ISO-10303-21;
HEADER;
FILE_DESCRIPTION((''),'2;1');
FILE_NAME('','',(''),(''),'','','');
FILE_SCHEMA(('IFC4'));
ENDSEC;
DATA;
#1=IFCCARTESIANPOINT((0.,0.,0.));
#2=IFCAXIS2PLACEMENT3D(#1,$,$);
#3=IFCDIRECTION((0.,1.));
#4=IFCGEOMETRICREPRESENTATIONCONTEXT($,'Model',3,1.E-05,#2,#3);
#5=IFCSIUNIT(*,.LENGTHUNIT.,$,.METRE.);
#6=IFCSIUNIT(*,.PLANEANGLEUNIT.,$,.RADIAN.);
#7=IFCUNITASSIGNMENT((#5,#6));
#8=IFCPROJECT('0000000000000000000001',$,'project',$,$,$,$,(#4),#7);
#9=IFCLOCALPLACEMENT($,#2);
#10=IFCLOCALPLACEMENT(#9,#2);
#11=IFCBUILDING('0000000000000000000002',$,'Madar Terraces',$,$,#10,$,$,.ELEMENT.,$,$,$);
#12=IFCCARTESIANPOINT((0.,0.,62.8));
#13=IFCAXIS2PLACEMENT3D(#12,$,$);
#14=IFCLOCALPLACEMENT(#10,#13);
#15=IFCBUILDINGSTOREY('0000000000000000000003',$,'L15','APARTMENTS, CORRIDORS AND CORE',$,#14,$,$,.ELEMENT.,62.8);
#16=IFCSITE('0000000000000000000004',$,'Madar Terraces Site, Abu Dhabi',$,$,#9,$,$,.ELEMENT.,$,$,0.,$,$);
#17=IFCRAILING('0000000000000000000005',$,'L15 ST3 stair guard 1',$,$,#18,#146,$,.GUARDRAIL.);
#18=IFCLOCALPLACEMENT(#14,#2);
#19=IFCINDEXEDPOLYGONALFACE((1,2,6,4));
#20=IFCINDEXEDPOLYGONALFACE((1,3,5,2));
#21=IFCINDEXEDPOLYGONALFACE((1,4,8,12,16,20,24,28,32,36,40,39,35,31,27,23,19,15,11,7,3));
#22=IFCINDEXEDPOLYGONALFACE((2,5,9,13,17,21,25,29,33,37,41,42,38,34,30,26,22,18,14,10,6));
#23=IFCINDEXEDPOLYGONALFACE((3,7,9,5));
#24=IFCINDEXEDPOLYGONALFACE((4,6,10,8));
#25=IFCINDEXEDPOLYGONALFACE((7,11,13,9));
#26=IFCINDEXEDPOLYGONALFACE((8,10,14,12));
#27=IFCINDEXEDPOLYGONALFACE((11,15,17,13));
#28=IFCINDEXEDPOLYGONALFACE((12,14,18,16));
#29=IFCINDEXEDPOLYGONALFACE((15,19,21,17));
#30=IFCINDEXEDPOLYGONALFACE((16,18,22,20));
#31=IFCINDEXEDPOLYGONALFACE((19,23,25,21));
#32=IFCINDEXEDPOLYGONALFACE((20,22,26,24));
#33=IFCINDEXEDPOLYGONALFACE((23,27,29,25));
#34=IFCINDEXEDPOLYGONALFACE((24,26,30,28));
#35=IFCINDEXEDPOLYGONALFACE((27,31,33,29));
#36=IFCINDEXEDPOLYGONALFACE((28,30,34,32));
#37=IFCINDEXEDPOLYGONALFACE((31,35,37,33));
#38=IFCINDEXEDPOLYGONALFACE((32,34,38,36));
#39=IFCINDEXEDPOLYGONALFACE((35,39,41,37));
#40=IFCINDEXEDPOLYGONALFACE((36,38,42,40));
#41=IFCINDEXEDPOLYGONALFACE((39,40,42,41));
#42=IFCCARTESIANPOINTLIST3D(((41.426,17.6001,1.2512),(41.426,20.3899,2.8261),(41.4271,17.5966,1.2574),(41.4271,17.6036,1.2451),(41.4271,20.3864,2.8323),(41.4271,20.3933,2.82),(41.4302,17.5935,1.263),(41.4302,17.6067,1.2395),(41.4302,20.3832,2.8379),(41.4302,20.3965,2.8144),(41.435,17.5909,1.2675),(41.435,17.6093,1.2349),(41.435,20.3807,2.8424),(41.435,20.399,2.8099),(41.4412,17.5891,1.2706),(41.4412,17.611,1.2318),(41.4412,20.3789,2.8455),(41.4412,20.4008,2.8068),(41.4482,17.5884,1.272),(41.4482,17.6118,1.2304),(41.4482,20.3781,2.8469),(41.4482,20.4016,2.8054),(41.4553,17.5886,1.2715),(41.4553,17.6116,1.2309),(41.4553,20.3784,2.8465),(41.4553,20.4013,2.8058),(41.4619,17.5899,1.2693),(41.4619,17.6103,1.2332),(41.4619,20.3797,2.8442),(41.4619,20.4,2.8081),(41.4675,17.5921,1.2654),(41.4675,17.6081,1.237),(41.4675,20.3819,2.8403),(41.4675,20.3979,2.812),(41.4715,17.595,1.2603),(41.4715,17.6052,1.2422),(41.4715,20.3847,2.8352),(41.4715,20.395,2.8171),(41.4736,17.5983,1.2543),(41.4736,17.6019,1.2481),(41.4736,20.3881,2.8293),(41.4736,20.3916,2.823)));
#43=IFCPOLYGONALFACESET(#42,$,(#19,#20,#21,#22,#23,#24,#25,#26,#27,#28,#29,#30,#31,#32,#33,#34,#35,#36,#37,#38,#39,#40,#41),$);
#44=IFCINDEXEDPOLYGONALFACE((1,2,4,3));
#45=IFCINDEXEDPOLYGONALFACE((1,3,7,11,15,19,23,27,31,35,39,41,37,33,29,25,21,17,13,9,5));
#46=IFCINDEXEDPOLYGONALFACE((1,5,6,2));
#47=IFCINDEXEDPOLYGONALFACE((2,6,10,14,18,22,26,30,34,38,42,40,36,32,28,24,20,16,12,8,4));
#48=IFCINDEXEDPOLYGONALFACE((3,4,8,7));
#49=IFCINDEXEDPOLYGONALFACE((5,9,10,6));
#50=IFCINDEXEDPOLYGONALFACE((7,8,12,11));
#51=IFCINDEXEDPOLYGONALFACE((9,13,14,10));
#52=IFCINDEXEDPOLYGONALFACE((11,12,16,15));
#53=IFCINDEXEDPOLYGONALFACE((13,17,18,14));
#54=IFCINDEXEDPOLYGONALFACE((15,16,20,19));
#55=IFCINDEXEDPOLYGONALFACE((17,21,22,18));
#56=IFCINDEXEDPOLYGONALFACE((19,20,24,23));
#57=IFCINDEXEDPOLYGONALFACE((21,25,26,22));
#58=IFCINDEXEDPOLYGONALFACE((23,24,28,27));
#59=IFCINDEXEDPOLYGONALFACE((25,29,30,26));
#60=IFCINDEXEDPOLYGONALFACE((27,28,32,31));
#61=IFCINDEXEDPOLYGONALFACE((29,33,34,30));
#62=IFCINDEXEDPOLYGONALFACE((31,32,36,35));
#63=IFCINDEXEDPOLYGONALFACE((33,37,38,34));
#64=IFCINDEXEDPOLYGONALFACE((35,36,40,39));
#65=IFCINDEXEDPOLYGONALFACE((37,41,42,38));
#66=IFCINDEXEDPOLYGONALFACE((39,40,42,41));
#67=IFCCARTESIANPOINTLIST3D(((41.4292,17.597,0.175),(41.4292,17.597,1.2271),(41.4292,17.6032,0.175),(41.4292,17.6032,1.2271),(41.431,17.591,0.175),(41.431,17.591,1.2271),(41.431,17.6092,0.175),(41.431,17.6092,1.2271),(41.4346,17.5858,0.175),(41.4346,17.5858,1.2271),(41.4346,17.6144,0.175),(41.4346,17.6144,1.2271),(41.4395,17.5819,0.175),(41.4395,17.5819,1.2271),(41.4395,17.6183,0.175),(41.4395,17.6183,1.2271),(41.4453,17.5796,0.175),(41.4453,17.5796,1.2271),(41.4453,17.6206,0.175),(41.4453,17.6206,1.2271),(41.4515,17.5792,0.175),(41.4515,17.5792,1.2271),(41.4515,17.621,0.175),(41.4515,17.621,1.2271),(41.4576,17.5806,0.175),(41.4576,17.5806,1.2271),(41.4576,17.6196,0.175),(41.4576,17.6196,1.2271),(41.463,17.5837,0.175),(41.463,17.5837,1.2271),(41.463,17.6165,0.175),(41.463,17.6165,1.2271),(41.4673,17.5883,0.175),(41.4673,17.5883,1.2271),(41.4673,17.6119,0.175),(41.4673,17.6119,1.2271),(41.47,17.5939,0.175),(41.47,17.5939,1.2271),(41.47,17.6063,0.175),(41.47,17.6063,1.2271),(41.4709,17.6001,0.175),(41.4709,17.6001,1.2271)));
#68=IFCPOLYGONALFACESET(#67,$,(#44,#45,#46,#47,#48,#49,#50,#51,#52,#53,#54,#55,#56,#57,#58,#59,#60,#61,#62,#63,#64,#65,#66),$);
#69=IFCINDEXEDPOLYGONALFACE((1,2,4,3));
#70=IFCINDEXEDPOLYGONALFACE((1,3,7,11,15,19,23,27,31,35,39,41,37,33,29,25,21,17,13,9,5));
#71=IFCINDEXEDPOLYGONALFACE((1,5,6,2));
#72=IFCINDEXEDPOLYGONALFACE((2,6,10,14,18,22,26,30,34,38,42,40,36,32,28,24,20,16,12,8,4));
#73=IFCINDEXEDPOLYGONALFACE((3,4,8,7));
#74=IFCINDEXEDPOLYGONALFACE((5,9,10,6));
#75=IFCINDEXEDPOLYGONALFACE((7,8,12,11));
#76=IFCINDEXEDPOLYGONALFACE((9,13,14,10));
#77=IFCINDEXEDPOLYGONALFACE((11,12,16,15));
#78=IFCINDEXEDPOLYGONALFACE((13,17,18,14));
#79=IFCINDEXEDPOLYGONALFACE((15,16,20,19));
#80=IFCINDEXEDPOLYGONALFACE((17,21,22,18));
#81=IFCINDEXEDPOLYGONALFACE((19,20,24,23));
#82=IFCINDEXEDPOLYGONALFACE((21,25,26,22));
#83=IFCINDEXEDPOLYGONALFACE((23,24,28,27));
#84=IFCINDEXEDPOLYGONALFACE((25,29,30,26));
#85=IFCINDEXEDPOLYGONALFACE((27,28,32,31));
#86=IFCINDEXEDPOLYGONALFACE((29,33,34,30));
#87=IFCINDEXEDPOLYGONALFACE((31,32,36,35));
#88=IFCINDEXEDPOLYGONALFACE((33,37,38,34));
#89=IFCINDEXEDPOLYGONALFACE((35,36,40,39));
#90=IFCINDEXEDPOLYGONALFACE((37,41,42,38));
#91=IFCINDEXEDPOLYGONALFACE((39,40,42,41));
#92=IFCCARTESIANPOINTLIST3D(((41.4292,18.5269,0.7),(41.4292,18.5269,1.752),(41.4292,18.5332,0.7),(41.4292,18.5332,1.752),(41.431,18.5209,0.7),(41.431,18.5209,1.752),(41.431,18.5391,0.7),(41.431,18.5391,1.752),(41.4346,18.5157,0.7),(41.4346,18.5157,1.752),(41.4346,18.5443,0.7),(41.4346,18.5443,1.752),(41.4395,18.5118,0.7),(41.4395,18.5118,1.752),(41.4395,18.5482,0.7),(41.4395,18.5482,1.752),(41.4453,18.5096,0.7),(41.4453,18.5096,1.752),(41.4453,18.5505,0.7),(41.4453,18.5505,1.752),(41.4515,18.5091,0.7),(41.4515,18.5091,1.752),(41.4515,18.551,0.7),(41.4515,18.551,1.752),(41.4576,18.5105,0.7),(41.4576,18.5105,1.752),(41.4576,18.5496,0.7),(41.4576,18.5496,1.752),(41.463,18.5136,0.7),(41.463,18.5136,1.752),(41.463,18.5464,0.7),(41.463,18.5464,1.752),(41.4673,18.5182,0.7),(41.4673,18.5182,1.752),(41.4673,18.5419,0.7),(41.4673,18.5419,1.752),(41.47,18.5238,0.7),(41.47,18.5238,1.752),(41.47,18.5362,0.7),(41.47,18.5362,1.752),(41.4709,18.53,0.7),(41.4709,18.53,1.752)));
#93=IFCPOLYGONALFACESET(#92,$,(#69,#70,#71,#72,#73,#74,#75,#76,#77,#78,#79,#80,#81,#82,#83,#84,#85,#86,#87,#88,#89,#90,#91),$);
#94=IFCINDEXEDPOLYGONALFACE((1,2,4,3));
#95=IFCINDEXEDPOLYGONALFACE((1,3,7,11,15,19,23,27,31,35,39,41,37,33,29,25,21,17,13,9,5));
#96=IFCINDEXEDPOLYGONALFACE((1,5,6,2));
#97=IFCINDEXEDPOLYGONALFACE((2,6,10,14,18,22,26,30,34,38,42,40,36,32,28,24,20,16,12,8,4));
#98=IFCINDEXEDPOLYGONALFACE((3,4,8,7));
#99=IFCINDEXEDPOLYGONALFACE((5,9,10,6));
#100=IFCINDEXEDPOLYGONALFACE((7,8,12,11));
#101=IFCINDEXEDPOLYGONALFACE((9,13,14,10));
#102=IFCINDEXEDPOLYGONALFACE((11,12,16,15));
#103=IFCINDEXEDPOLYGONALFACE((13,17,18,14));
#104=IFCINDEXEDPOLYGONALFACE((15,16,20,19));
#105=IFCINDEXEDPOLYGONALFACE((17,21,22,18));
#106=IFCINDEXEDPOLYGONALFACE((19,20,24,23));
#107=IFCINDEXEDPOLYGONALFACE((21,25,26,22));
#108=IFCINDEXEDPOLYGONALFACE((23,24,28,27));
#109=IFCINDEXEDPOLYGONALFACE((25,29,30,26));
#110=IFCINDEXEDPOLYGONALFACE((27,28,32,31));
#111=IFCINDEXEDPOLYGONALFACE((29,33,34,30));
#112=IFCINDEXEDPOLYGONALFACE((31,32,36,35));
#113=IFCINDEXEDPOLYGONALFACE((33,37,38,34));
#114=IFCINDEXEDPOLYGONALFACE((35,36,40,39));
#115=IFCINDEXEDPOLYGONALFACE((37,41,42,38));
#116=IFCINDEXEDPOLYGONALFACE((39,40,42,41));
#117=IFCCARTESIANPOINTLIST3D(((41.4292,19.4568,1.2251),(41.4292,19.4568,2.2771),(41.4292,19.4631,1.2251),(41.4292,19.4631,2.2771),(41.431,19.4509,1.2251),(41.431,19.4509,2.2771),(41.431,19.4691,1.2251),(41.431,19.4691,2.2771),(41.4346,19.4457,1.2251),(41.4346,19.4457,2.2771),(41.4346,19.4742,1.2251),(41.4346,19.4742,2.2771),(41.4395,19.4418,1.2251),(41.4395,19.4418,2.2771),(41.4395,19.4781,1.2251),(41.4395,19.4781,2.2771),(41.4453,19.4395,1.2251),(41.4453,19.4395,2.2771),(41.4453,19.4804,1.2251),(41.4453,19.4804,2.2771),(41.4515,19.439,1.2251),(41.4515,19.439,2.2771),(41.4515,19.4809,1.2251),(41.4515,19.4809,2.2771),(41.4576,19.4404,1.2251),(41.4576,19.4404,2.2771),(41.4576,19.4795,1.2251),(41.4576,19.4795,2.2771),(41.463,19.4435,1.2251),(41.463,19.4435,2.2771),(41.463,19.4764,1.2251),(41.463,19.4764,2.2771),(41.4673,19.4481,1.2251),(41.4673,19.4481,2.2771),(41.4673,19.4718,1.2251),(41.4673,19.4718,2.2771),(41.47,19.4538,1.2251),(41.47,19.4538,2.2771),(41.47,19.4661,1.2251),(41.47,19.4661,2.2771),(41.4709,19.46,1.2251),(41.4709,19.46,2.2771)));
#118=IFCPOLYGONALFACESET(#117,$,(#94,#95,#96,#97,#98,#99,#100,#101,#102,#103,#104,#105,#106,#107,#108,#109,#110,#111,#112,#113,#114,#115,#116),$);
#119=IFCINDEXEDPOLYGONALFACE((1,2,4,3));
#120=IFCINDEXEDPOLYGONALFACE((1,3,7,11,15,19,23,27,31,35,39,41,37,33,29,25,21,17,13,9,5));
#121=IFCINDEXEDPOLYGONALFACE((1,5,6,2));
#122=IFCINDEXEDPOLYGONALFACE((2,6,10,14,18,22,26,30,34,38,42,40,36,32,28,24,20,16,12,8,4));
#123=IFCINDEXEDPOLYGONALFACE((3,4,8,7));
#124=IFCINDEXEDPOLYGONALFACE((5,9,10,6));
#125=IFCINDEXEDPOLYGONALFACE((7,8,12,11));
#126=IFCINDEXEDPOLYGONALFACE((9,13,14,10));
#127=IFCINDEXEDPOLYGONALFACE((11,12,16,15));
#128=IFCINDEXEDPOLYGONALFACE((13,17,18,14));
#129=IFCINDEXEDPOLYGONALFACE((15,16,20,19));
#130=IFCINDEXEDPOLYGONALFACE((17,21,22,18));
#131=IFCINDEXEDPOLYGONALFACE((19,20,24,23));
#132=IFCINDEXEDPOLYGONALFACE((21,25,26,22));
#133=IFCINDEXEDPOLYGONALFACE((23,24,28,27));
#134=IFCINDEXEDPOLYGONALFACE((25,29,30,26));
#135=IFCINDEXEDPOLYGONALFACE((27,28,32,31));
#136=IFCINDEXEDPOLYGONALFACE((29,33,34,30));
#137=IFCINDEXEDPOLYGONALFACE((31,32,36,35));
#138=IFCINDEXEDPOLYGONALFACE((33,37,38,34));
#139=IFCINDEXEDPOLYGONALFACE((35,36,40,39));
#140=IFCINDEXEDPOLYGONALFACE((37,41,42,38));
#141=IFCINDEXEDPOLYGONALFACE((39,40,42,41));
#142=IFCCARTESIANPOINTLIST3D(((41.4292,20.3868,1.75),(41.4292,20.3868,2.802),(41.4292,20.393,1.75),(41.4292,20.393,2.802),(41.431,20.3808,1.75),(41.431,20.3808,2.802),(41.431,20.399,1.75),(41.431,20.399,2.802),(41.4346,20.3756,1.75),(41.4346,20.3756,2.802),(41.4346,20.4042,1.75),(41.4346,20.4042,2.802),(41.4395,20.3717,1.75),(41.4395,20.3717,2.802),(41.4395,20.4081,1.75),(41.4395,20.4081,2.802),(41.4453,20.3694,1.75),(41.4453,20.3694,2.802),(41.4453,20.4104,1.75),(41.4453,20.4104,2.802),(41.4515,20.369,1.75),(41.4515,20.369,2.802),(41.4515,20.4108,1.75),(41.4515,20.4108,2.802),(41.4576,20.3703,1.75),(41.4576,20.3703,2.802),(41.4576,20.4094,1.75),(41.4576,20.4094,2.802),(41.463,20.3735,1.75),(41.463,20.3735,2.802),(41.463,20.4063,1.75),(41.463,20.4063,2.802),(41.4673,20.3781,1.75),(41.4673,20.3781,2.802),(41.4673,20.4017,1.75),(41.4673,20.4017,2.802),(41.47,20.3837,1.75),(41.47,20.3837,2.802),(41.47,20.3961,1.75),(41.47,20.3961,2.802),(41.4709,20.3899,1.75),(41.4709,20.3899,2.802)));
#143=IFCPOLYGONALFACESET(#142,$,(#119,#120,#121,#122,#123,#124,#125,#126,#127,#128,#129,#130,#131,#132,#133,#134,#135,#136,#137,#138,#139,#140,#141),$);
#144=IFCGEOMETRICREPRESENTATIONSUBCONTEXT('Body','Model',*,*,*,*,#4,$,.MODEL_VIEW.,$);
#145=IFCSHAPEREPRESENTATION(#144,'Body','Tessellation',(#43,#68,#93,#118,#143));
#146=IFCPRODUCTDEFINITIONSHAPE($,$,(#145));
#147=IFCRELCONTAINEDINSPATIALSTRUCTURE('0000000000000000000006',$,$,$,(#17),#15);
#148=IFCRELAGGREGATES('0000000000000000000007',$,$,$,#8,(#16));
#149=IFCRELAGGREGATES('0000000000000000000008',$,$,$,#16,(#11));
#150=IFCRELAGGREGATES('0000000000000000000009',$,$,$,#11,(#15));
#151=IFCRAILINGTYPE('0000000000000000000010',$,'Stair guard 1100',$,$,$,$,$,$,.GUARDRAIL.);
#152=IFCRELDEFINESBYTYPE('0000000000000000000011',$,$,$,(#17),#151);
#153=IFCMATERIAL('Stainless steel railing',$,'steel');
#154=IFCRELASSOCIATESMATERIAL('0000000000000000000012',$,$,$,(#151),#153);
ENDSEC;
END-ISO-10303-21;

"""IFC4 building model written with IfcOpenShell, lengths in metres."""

from ifc_helpers import new_model, si_unit, direction, frame, origin, origin_2d, place, context, subcontext, project, spatial, circle, extrude, material, type_object, element, save


model = new_model("IFC4")

# Units and contexts
model_context = context("Model", 3, precision=1e-05, world=origin(), true_north=direction((0.0, 1.0)))
body_context = subcontext(model_context, "Body", "Model", "MODEL_VIEW")
ifc_project = project(units=[si_unit("LENGTHUNIT", "METRE"), si_unit("PLANEANGLEUNIT", "RADIAN")], contexts=[model_context])

# Site, building, storey
site_placement = place(None, origin())
site = spatial("IfcSite", under=ifc_project, at=site_placement, Name="Madar Terraces Site, Abu Dhabi", CompositionType="ELEMENT", RefElevation=0.0)
building_placement = place(site_placement, origin())
building = spatial("IfcBuilding", under=site, at=building_placement, Name="Madar Terraces", CompositionType="ELEMENT")
storey_placement = place(building_placement, frame((0.0, 0.0, 62.8)))
storey = spatial("IfcBuildingStorey", under=building, at=storey_placement, Name="L15", Description="APARTMENTS, CORRIDORS AND CORE", CompositionType="ELEMENT", Elevation=62.8)

# Railing
ifc_material_1 = material(Name="Stainless steel railing", Category="steel")
railing_type_1 = type_object("IfcRailingType", Name="Stair guard 1100", PredefinedType="GUARDRAIL", material=ifc_material_1)
railing_1_placement = place(storey_placement, frame((41.45, 17.6001, 0.175)))
element("IfcRailing", 1, at=railing_1_placement, inside=storey, type_object=railing_type_1, Name="L15 ST3 stair guard 1", PredefinedType="GUARDRAIL", context=body_context, shape_type="SweptSolid", body=[
    extrude(circle(Radius=0.0239, at=origin_2d()), frame((0.0, 0.0, 1.0762), z_axis=(0.0, 0.870815, 0.49161), x_axis=(-1.0, 0.0, 0.0)), (0.0, 0.0, 1.0), 3.2036),
    extrude(circle(Radius=0.021, at=origin_2d()), origin(), (0.0, 0.0, 1.0), 1.052),
    extrude(circle(Radius=0.021, at=origin_2d()), frame((0.0, 0.9299, 0.5249)), (0.0, 0.0, 1.0), 1.052),
    extrude(circle(Radius=0.021, at=origin_2d()), frame((0.0, 1.8599, 1.05)), (0.0, 0.0, 1.0), 1.052),
    extrude(circle(Radius=0.021, at=origin_2d()), frame((0.0, 2.7898, 1.575)), (0.0, 0.0, 1.0), 1.052),
])

save(model, "model.ifc")
